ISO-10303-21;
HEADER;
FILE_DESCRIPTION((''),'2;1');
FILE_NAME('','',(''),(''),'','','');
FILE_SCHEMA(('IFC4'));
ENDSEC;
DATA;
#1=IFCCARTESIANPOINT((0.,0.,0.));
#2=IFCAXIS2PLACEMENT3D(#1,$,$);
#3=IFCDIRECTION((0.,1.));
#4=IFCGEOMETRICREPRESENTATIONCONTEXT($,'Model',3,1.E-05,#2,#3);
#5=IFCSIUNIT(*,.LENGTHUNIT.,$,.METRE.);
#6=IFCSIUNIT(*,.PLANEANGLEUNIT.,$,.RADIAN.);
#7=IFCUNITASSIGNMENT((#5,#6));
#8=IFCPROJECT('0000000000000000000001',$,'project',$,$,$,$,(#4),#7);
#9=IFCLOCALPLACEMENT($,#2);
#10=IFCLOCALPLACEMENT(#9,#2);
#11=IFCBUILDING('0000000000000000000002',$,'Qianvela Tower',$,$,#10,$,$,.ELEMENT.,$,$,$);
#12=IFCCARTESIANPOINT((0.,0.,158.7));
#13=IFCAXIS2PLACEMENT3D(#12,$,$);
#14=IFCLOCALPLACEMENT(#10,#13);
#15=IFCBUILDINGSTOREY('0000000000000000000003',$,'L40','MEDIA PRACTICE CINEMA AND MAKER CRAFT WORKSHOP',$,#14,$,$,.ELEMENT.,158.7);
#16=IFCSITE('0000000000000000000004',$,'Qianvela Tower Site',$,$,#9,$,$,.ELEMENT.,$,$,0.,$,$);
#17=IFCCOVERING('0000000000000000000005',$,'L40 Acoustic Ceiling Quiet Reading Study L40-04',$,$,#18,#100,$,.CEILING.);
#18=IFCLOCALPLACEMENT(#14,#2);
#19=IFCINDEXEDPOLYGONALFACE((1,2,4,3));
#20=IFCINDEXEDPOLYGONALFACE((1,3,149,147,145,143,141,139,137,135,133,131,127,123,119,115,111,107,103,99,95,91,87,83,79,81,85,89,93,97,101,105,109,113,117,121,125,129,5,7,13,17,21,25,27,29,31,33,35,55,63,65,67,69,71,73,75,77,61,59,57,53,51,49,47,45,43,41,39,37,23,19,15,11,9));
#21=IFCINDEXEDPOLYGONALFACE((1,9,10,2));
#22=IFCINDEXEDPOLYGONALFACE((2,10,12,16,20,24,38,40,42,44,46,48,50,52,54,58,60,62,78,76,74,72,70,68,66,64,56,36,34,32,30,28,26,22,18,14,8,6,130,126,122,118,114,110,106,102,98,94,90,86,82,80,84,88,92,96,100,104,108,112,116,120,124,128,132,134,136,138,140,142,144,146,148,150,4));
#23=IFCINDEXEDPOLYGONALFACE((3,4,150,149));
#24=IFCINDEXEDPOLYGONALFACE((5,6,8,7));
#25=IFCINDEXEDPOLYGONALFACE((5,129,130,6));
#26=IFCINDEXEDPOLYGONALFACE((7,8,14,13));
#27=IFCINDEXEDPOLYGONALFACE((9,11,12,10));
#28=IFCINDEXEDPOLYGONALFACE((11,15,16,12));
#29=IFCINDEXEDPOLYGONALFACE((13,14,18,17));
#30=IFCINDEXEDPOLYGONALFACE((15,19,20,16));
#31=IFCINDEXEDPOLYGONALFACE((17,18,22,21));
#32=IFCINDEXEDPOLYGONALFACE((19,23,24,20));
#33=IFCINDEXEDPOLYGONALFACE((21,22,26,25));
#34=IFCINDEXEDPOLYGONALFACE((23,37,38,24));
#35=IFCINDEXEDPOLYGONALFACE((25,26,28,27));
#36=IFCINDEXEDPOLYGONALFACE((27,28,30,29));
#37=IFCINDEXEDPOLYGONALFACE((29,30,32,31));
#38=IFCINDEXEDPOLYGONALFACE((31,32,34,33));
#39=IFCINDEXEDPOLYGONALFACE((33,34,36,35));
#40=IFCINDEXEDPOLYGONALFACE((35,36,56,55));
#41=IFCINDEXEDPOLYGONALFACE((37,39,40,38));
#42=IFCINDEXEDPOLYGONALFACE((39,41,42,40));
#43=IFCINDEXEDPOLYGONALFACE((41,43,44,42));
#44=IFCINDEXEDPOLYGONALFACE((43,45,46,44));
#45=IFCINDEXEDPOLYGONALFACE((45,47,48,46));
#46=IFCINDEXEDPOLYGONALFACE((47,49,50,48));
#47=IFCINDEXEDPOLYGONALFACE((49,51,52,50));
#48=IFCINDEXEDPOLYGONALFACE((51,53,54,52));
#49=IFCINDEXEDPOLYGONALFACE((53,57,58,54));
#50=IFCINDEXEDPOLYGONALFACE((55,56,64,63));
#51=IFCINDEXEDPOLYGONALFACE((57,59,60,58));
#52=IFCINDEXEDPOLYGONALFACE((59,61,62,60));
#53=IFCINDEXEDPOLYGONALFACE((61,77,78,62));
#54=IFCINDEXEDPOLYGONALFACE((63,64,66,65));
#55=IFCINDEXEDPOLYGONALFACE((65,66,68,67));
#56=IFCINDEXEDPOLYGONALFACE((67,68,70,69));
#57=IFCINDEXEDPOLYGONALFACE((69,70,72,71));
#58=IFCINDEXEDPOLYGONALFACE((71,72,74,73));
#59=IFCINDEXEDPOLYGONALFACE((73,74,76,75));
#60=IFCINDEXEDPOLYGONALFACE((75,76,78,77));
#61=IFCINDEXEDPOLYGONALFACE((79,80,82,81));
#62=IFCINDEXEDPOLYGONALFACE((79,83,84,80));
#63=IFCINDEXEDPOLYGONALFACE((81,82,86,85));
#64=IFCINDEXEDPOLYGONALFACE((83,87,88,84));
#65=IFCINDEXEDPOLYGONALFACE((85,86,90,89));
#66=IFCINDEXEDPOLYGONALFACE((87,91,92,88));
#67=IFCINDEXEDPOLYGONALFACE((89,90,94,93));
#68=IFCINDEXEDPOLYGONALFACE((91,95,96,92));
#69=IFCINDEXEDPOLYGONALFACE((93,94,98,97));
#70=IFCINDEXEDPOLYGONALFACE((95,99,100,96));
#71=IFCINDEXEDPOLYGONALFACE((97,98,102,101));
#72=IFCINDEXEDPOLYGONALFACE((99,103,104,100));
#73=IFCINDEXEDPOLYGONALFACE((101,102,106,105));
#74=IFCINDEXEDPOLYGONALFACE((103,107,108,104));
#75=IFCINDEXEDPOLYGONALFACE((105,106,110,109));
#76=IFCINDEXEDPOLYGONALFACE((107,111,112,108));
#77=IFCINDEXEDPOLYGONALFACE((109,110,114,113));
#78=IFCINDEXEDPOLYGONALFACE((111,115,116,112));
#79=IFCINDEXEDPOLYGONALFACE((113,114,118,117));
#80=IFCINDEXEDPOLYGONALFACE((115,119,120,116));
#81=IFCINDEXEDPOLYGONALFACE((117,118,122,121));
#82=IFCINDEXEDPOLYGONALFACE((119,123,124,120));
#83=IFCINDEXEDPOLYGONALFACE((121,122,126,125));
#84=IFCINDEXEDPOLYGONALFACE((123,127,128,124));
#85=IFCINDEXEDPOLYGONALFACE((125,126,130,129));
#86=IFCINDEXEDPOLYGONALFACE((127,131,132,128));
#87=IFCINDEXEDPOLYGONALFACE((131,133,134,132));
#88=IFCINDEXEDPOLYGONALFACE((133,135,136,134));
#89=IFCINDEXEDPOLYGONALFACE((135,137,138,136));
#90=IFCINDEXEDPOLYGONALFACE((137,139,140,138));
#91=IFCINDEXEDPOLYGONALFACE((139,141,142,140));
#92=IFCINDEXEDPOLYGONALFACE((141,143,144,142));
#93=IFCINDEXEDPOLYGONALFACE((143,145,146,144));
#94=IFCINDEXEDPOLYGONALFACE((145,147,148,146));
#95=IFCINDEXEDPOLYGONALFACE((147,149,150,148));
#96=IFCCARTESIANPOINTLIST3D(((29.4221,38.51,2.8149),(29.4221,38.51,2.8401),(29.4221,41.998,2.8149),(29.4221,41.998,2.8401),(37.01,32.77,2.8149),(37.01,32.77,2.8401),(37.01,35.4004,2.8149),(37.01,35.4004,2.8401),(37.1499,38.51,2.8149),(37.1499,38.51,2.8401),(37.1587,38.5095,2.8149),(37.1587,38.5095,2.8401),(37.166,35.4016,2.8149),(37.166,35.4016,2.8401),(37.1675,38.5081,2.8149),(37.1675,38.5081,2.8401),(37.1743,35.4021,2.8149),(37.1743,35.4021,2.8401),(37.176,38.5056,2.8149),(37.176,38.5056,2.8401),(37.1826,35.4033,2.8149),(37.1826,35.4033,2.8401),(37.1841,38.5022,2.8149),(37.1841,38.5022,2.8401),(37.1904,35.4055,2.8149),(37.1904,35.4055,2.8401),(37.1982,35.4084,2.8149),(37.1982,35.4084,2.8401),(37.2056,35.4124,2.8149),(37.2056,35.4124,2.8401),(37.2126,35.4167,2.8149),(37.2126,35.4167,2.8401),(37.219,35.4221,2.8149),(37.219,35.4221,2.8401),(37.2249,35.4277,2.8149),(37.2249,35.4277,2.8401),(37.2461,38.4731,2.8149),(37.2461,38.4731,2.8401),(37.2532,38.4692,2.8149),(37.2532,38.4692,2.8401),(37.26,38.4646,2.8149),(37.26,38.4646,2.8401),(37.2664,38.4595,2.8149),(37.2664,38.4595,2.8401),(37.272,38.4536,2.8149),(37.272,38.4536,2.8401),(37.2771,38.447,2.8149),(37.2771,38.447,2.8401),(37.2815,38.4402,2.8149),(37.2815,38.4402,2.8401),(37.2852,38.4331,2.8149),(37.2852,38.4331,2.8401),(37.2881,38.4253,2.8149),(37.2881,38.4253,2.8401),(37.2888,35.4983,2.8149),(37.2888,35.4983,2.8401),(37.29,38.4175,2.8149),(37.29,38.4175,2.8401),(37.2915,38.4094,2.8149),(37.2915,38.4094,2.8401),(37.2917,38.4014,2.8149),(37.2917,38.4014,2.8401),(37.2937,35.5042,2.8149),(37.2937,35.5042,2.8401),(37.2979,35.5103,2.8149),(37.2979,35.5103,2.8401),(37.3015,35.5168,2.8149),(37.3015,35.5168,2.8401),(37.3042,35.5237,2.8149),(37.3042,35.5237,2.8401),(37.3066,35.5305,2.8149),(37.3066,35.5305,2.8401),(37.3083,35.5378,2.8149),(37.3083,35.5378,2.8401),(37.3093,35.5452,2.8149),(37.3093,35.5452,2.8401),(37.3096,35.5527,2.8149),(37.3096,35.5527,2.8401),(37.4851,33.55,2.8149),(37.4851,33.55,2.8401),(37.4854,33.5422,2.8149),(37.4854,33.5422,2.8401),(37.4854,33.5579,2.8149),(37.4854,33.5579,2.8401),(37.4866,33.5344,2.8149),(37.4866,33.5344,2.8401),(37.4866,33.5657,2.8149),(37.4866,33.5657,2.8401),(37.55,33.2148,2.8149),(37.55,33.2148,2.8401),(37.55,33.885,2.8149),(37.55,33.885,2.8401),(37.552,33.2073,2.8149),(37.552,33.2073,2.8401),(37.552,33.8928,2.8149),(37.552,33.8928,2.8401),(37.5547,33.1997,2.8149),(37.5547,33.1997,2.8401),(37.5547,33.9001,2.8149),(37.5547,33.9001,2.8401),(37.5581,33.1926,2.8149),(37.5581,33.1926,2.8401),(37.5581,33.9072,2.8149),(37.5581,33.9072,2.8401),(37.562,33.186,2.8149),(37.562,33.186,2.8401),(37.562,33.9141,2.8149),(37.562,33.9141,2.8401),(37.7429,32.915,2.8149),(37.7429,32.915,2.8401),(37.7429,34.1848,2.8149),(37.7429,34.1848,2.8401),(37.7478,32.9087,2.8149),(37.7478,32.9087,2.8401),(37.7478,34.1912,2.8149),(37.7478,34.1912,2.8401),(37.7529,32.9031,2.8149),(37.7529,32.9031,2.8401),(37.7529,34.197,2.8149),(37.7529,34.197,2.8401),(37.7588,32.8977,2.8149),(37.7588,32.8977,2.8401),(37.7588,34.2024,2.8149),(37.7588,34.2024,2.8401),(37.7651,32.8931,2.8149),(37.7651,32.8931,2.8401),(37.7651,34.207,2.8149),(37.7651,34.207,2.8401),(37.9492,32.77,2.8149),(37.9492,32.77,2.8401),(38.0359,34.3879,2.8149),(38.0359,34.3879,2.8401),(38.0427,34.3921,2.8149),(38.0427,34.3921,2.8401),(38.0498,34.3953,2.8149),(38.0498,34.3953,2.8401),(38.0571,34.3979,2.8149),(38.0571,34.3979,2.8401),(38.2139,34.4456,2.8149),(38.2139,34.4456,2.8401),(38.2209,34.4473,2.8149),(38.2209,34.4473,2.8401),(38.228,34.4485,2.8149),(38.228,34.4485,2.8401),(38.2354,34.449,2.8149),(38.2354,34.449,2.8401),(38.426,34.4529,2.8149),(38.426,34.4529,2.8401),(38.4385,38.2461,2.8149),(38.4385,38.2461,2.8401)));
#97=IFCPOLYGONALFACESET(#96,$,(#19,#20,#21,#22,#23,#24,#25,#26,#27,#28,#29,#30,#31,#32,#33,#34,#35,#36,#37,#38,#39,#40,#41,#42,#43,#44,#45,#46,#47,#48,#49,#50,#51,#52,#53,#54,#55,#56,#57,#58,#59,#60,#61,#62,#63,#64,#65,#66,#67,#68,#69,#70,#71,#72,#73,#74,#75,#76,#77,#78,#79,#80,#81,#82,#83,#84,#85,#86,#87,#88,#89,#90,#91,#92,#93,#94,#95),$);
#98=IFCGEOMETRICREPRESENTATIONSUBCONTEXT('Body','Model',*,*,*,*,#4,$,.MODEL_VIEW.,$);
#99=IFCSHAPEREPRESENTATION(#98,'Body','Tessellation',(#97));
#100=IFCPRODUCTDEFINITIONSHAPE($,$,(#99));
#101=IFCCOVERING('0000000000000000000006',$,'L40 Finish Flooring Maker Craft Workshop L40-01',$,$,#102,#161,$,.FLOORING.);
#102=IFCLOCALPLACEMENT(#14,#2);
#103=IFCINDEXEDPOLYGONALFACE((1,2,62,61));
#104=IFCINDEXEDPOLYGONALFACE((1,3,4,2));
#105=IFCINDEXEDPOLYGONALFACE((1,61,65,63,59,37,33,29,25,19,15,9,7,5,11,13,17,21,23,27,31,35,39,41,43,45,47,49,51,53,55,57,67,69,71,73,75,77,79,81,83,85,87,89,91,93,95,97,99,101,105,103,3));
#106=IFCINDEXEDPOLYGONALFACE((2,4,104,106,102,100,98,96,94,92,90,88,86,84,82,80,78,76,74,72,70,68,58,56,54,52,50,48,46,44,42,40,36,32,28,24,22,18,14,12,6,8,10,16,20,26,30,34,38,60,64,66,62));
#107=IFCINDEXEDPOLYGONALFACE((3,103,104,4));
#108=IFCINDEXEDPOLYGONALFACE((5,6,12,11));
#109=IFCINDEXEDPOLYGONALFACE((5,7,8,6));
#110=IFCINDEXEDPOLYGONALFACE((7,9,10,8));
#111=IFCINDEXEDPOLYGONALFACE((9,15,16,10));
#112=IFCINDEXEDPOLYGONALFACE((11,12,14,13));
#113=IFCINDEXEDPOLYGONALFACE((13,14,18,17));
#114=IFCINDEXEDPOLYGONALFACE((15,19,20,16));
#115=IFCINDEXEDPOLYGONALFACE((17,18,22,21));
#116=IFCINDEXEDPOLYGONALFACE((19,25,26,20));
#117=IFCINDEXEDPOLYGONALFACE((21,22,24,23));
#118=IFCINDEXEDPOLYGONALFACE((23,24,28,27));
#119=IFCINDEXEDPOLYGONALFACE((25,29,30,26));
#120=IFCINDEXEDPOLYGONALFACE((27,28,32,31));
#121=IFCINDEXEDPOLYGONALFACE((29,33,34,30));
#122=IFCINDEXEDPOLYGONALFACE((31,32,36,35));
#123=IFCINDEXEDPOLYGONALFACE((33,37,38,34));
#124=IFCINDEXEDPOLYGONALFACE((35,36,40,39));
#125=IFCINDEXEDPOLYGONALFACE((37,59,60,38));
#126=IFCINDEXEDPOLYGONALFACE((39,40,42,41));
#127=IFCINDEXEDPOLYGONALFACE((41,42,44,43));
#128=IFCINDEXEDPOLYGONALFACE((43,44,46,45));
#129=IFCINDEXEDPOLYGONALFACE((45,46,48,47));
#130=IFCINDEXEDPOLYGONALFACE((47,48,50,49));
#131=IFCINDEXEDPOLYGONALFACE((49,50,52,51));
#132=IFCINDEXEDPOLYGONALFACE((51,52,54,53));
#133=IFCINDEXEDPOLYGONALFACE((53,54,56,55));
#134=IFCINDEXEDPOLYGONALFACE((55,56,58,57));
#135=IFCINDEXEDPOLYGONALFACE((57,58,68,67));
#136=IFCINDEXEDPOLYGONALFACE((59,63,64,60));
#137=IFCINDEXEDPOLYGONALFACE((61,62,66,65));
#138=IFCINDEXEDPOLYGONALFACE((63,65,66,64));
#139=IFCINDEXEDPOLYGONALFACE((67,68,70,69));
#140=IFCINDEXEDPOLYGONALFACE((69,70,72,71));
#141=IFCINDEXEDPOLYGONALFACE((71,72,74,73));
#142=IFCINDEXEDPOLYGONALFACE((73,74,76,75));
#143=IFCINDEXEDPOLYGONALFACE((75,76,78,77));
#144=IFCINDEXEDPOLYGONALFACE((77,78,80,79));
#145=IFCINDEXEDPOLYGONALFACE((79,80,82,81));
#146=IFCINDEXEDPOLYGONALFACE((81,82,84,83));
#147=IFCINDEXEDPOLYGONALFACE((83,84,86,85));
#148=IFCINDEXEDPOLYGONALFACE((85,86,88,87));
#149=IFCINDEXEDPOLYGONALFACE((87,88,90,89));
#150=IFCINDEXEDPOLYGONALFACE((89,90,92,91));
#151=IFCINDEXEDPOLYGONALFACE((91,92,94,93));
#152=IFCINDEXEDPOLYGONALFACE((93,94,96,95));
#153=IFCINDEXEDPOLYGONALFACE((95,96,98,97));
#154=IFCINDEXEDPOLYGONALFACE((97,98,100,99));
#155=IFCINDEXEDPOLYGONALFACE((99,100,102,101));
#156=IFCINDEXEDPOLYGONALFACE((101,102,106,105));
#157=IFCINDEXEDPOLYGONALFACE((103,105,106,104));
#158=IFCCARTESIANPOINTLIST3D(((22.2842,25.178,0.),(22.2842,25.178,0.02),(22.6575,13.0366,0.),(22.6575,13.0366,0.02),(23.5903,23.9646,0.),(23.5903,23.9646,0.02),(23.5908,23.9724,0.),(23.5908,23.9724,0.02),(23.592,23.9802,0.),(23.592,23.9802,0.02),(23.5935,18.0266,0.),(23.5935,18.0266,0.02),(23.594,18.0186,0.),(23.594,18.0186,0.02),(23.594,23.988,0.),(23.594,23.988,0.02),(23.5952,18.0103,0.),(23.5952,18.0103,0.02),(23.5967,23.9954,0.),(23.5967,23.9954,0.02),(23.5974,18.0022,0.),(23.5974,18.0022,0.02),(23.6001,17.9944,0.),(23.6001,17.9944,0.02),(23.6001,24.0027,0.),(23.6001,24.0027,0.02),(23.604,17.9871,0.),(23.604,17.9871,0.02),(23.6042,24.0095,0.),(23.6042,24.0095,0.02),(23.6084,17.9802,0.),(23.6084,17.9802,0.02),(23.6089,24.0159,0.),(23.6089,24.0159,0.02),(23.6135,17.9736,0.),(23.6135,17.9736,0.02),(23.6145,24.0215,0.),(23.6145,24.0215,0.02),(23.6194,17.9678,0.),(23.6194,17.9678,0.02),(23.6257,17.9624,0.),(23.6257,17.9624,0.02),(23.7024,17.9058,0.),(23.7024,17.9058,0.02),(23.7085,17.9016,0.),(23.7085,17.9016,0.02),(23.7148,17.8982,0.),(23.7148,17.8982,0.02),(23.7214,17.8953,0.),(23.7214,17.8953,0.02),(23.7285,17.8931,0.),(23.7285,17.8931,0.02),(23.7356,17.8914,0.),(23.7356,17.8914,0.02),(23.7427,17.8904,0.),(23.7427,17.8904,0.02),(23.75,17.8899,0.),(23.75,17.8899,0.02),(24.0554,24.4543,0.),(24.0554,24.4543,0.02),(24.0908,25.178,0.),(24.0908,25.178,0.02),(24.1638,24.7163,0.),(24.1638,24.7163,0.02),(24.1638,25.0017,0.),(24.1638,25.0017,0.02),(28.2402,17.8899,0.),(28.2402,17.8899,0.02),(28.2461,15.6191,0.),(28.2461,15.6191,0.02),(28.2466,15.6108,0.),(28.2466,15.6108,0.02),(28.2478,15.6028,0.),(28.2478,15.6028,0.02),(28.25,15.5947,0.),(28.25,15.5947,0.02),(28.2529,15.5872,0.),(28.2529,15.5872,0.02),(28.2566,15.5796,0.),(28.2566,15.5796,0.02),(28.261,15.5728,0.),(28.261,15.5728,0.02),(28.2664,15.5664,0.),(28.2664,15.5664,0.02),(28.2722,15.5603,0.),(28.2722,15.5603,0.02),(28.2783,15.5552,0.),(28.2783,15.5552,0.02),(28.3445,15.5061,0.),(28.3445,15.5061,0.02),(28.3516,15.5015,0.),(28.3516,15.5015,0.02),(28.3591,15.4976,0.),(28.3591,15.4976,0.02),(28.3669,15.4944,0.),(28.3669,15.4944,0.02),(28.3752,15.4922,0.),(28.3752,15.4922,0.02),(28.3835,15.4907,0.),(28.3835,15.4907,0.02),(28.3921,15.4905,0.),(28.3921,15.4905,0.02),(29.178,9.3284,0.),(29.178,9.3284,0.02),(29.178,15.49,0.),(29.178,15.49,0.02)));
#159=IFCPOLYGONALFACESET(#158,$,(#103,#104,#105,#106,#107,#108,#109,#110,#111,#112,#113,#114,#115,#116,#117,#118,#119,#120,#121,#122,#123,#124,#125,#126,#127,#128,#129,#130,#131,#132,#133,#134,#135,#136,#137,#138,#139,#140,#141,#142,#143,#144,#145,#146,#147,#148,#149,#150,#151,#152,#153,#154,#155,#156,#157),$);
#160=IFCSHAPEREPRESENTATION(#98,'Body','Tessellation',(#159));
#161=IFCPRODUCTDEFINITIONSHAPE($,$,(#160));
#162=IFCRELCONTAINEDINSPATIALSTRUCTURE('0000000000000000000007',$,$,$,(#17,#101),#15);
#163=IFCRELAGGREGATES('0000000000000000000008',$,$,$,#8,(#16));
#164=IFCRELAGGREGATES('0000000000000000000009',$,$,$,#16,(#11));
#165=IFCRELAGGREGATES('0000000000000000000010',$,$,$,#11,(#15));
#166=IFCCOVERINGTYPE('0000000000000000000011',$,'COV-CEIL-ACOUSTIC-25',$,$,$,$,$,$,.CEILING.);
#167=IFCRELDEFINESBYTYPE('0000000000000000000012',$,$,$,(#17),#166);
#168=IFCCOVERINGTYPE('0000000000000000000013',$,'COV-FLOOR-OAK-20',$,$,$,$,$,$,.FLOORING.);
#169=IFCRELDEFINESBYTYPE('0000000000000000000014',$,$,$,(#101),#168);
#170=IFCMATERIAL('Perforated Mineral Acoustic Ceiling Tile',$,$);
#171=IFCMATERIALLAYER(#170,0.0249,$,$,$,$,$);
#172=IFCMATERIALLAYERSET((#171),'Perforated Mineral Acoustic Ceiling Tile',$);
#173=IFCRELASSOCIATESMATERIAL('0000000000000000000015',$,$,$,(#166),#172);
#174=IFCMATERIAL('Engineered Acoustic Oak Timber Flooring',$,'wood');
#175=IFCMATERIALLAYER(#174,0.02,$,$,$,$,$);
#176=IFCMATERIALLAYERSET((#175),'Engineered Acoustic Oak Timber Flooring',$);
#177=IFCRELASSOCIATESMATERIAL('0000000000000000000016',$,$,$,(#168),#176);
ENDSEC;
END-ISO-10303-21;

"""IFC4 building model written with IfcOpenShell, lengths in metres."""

from ifc_helpers import new_model, si_unit, direction, frame, origin, place, context, subcontext, project, spatial, polyline, outline, extrude, material, layer, layer_set, type_object, element, save


model = new_model("IFC4")

# Units and contexts
model_context = context("Model", 3, precision=1e-05, world=origin(), true_north=direction((0.0, 1.0)))
body_context = subcontext(model_context, "Body", "Model", "MODEL_VIEW")
ifc_project = project(units=[si_unit("LENGTHUNIT", "METRE"), si_unit("PLANEANGLEUNIT", "RADIAN")], contexts=[model_context])

# Site, building, storey
site_placement = place(None, origin())
site = spatial("IfcSite", under=ifc_project, at=site_placement, Name="Qianvela Tower Site", CompositionType="ELEMENT", RefElevation=0.0)
building_placement = place(site_placement, origin())
building = spatial("IfcBuilding", under=site, at=building_placement, Name="Qianvela Tower", CompositionType="ELEMENT")
storey_placement = place(building_placement, frame((0.0, 0.0, 158.7)))
storey = spatial("IfcBuildingStorey", under=building, at=storey_placement, Name="L40", Description="MEDIA PRACTICE CINEMA AND MAKER CRAFT WORKSHOP", CompositionType="ELEMENT", Elevation=158.7)

# Coverings
ifc_material_1 = material(Name="Perforated Mineral Acoustic Ceiling Tile")
ifc_layer_1 = layer(ifc_material_1, 0.0249)
ifc_layer_set_1 = layer_set([ifc_layer_1], Name="Perforated Mineral Acoustic Ceiling Tile")
covering_type_1 = type_object("IfcCoveringType", Name="COV-CEIL-ACOUSTIC-25", PredefinedType="CEILING", material=ifc_layer_set_1)
covering_1_placement = place(storey_placement, frame((0.0, 0.0, 2.8149)))
element("IfcCovering", 1, at=covering_1_placement, inside=storey, type_object=covering_type_1, Name="L40 Acoustic Ceiling Quiet Reading Study L40-04", PredefinedType="CEILING", context=body_context, shape_type="SweptSolid", body=[
    extrude(outline(polyline([(37.9492, 32.77), (37.01, 32.77), (37.01, 35.4004), (37.166, 35.4016), (37.1743, 35.4021), (37.1826, 35.4033), (37.1904, 35.4055), (37.1982, 35.4084), (37.2056, 35.4124), (37.2126, 35.4167), (37.219, 35.4221), (37.2249, 35.4277), (37.2888, 35.4983), (37.2937, 35.5042), (37.2979, 35.5103), (37.3015, 35.5168), (37.3042, 35.5237), (37.3066, 35.5305), (37.3083, 35.5378), (37.3093, 35.5452), (37.3096, 35.5527), (37.2917, 38.4014), (37.2915, 38.4094), (37.29, 38.4175), (37.2881, 38.4253), (37.2852, 38.4331), (37.2815, 38.4402), (37.2771, 38.447), (37.272, 38.4536), (37.2664, 38.4595), (37.26, 38.4646), (37.2532, 38.4692), (37.2461, 38.4731), (37.1841, 38.5022), (37.176, 38.5056), (37.1675, 38.5081), (37.1587, 38.5095), (37.1499, 38.51), (29.4221, 38.51), (29.4221, 41.998), (38.4385, 38.2461), (38.426, 34.4529), (38.2354, 34.449), (38.228, 34.4485), (38.2209, 34.4473), (38.2139, 34.4456), (38.0571, 34.3979), (38.0498, 34.3953), (38.0427, 34.3921), (38.0359, 34.3879), (37.7651, 34.207), (37.7588, 34.2024), (37.7529, 34.197), (37.7478, 34.1912), (37.7429, 34.1848), (37.562, 33.9141), (37.5581, 33.9072), (37.5547, 33.9001), (37.552, 33.8928), (37.55, 33.885), (37.4866, 33.5657), (37.4854, 33.5579), (37.4851, 33.55), (37.4854, 33.5422), (37.4866, 33.5344), (37.55, 33.2148), (37.552, 33.2073), (37.5547, 33.1997), (37.5581, 33.1926), (37.562, 33.186), (37.7429, 32.915), (37.7478, 32.9087), (37.7529, 32.9031), (37.7588, 32.8977), (37.7651, 32.8931), (37.9492, 32.77)])), origin(), (0.0, 0.0, 1.0), 0.0251),
])
ifc_material_2 = material(Name="Engineered Acoustic Oak Timber Flooring", Category="wood")
ifc_layer_2 = layer(ifc_material_2, 0.02)
ifc_layer_set_2 = layer_set([ifc_layer_2], Name="Engineered Acoustic Oak Timber Flooring")
covering_type_2 = type_object("IfcCoveringType", Name="COV-FLOOR-OAK-20", PredefinedType="FLOORING", material=ifc_layer_set_2)
covering_2_placement = place(storey_placement, origin())
element("IfcCovering", 2, at=covering_2_placement, inside=storey, type_object=covering_type_2, Name="L40 Finish Flooring Maker Craft Workshop L40-01", PredefinedType="FLOORING", context=body_context, shape_type="SweptSolid", body=[
    extrude(outline(polyline([(22.2842, 25.178), (24.0908, 25.178), (24.1638, 25.0017), (24.1638, 24.7163), (24.0554, 24.4543), (23.6145, 24.0215), (23.6089, 24.0159), (23.6042, 24.0095), (23.6001, 24.0027), (23.5967, 23.9954), (23.594, 23.988), (23.592, 23.9802), (23.5908, 23.9724), (23.5903, 23.9646), (23.5935, 18.0266), (23.594, 18.0186), (23.5952, 18.0103), (23.5974, 18.0022), (23.6001, 17.9944), (23.604, 17.9871), (23.6084, 17.9802), (23.6135, 17.9736), (23.6194, 17.9678), (23.6257, 17.9624), (23.7024, 17.9058), (23.7085, 17.9016), (23.7148, 17.8982), (23.7214, 17.8953), (23.7285, 17.8931), (23.7356, 17.8914), (23.7427, 17.8904), (23.75, 17.8899), (28.2402, 17.8899), (28.2461, 15.6191), (28.2466, 15.6108), (28.2478, 15.6028), (28.25, 15.5947), (28.2529, 15.5872), (28.2566, 15.5796), (28.261, 15.5728), (28.2664, 15.5664), (28.2722, 15.5603), (28.2783, 15.5552), (28.3445, 15.5061), (28.3516, 15.5015), (28.3591, 15.4976), (28.3669, 15.4944), (28.3752, 15.4922), (28.3835, 15.4907), (28.3921, 15.4905), (29.178, 15.49), (29.178, 9.3284), (22.6575, 13.0366), (22.2842, 25.178)])), origin(), (0.0, 0.0, 1.0), 0.02),
])

save(model, "model.ifc")
